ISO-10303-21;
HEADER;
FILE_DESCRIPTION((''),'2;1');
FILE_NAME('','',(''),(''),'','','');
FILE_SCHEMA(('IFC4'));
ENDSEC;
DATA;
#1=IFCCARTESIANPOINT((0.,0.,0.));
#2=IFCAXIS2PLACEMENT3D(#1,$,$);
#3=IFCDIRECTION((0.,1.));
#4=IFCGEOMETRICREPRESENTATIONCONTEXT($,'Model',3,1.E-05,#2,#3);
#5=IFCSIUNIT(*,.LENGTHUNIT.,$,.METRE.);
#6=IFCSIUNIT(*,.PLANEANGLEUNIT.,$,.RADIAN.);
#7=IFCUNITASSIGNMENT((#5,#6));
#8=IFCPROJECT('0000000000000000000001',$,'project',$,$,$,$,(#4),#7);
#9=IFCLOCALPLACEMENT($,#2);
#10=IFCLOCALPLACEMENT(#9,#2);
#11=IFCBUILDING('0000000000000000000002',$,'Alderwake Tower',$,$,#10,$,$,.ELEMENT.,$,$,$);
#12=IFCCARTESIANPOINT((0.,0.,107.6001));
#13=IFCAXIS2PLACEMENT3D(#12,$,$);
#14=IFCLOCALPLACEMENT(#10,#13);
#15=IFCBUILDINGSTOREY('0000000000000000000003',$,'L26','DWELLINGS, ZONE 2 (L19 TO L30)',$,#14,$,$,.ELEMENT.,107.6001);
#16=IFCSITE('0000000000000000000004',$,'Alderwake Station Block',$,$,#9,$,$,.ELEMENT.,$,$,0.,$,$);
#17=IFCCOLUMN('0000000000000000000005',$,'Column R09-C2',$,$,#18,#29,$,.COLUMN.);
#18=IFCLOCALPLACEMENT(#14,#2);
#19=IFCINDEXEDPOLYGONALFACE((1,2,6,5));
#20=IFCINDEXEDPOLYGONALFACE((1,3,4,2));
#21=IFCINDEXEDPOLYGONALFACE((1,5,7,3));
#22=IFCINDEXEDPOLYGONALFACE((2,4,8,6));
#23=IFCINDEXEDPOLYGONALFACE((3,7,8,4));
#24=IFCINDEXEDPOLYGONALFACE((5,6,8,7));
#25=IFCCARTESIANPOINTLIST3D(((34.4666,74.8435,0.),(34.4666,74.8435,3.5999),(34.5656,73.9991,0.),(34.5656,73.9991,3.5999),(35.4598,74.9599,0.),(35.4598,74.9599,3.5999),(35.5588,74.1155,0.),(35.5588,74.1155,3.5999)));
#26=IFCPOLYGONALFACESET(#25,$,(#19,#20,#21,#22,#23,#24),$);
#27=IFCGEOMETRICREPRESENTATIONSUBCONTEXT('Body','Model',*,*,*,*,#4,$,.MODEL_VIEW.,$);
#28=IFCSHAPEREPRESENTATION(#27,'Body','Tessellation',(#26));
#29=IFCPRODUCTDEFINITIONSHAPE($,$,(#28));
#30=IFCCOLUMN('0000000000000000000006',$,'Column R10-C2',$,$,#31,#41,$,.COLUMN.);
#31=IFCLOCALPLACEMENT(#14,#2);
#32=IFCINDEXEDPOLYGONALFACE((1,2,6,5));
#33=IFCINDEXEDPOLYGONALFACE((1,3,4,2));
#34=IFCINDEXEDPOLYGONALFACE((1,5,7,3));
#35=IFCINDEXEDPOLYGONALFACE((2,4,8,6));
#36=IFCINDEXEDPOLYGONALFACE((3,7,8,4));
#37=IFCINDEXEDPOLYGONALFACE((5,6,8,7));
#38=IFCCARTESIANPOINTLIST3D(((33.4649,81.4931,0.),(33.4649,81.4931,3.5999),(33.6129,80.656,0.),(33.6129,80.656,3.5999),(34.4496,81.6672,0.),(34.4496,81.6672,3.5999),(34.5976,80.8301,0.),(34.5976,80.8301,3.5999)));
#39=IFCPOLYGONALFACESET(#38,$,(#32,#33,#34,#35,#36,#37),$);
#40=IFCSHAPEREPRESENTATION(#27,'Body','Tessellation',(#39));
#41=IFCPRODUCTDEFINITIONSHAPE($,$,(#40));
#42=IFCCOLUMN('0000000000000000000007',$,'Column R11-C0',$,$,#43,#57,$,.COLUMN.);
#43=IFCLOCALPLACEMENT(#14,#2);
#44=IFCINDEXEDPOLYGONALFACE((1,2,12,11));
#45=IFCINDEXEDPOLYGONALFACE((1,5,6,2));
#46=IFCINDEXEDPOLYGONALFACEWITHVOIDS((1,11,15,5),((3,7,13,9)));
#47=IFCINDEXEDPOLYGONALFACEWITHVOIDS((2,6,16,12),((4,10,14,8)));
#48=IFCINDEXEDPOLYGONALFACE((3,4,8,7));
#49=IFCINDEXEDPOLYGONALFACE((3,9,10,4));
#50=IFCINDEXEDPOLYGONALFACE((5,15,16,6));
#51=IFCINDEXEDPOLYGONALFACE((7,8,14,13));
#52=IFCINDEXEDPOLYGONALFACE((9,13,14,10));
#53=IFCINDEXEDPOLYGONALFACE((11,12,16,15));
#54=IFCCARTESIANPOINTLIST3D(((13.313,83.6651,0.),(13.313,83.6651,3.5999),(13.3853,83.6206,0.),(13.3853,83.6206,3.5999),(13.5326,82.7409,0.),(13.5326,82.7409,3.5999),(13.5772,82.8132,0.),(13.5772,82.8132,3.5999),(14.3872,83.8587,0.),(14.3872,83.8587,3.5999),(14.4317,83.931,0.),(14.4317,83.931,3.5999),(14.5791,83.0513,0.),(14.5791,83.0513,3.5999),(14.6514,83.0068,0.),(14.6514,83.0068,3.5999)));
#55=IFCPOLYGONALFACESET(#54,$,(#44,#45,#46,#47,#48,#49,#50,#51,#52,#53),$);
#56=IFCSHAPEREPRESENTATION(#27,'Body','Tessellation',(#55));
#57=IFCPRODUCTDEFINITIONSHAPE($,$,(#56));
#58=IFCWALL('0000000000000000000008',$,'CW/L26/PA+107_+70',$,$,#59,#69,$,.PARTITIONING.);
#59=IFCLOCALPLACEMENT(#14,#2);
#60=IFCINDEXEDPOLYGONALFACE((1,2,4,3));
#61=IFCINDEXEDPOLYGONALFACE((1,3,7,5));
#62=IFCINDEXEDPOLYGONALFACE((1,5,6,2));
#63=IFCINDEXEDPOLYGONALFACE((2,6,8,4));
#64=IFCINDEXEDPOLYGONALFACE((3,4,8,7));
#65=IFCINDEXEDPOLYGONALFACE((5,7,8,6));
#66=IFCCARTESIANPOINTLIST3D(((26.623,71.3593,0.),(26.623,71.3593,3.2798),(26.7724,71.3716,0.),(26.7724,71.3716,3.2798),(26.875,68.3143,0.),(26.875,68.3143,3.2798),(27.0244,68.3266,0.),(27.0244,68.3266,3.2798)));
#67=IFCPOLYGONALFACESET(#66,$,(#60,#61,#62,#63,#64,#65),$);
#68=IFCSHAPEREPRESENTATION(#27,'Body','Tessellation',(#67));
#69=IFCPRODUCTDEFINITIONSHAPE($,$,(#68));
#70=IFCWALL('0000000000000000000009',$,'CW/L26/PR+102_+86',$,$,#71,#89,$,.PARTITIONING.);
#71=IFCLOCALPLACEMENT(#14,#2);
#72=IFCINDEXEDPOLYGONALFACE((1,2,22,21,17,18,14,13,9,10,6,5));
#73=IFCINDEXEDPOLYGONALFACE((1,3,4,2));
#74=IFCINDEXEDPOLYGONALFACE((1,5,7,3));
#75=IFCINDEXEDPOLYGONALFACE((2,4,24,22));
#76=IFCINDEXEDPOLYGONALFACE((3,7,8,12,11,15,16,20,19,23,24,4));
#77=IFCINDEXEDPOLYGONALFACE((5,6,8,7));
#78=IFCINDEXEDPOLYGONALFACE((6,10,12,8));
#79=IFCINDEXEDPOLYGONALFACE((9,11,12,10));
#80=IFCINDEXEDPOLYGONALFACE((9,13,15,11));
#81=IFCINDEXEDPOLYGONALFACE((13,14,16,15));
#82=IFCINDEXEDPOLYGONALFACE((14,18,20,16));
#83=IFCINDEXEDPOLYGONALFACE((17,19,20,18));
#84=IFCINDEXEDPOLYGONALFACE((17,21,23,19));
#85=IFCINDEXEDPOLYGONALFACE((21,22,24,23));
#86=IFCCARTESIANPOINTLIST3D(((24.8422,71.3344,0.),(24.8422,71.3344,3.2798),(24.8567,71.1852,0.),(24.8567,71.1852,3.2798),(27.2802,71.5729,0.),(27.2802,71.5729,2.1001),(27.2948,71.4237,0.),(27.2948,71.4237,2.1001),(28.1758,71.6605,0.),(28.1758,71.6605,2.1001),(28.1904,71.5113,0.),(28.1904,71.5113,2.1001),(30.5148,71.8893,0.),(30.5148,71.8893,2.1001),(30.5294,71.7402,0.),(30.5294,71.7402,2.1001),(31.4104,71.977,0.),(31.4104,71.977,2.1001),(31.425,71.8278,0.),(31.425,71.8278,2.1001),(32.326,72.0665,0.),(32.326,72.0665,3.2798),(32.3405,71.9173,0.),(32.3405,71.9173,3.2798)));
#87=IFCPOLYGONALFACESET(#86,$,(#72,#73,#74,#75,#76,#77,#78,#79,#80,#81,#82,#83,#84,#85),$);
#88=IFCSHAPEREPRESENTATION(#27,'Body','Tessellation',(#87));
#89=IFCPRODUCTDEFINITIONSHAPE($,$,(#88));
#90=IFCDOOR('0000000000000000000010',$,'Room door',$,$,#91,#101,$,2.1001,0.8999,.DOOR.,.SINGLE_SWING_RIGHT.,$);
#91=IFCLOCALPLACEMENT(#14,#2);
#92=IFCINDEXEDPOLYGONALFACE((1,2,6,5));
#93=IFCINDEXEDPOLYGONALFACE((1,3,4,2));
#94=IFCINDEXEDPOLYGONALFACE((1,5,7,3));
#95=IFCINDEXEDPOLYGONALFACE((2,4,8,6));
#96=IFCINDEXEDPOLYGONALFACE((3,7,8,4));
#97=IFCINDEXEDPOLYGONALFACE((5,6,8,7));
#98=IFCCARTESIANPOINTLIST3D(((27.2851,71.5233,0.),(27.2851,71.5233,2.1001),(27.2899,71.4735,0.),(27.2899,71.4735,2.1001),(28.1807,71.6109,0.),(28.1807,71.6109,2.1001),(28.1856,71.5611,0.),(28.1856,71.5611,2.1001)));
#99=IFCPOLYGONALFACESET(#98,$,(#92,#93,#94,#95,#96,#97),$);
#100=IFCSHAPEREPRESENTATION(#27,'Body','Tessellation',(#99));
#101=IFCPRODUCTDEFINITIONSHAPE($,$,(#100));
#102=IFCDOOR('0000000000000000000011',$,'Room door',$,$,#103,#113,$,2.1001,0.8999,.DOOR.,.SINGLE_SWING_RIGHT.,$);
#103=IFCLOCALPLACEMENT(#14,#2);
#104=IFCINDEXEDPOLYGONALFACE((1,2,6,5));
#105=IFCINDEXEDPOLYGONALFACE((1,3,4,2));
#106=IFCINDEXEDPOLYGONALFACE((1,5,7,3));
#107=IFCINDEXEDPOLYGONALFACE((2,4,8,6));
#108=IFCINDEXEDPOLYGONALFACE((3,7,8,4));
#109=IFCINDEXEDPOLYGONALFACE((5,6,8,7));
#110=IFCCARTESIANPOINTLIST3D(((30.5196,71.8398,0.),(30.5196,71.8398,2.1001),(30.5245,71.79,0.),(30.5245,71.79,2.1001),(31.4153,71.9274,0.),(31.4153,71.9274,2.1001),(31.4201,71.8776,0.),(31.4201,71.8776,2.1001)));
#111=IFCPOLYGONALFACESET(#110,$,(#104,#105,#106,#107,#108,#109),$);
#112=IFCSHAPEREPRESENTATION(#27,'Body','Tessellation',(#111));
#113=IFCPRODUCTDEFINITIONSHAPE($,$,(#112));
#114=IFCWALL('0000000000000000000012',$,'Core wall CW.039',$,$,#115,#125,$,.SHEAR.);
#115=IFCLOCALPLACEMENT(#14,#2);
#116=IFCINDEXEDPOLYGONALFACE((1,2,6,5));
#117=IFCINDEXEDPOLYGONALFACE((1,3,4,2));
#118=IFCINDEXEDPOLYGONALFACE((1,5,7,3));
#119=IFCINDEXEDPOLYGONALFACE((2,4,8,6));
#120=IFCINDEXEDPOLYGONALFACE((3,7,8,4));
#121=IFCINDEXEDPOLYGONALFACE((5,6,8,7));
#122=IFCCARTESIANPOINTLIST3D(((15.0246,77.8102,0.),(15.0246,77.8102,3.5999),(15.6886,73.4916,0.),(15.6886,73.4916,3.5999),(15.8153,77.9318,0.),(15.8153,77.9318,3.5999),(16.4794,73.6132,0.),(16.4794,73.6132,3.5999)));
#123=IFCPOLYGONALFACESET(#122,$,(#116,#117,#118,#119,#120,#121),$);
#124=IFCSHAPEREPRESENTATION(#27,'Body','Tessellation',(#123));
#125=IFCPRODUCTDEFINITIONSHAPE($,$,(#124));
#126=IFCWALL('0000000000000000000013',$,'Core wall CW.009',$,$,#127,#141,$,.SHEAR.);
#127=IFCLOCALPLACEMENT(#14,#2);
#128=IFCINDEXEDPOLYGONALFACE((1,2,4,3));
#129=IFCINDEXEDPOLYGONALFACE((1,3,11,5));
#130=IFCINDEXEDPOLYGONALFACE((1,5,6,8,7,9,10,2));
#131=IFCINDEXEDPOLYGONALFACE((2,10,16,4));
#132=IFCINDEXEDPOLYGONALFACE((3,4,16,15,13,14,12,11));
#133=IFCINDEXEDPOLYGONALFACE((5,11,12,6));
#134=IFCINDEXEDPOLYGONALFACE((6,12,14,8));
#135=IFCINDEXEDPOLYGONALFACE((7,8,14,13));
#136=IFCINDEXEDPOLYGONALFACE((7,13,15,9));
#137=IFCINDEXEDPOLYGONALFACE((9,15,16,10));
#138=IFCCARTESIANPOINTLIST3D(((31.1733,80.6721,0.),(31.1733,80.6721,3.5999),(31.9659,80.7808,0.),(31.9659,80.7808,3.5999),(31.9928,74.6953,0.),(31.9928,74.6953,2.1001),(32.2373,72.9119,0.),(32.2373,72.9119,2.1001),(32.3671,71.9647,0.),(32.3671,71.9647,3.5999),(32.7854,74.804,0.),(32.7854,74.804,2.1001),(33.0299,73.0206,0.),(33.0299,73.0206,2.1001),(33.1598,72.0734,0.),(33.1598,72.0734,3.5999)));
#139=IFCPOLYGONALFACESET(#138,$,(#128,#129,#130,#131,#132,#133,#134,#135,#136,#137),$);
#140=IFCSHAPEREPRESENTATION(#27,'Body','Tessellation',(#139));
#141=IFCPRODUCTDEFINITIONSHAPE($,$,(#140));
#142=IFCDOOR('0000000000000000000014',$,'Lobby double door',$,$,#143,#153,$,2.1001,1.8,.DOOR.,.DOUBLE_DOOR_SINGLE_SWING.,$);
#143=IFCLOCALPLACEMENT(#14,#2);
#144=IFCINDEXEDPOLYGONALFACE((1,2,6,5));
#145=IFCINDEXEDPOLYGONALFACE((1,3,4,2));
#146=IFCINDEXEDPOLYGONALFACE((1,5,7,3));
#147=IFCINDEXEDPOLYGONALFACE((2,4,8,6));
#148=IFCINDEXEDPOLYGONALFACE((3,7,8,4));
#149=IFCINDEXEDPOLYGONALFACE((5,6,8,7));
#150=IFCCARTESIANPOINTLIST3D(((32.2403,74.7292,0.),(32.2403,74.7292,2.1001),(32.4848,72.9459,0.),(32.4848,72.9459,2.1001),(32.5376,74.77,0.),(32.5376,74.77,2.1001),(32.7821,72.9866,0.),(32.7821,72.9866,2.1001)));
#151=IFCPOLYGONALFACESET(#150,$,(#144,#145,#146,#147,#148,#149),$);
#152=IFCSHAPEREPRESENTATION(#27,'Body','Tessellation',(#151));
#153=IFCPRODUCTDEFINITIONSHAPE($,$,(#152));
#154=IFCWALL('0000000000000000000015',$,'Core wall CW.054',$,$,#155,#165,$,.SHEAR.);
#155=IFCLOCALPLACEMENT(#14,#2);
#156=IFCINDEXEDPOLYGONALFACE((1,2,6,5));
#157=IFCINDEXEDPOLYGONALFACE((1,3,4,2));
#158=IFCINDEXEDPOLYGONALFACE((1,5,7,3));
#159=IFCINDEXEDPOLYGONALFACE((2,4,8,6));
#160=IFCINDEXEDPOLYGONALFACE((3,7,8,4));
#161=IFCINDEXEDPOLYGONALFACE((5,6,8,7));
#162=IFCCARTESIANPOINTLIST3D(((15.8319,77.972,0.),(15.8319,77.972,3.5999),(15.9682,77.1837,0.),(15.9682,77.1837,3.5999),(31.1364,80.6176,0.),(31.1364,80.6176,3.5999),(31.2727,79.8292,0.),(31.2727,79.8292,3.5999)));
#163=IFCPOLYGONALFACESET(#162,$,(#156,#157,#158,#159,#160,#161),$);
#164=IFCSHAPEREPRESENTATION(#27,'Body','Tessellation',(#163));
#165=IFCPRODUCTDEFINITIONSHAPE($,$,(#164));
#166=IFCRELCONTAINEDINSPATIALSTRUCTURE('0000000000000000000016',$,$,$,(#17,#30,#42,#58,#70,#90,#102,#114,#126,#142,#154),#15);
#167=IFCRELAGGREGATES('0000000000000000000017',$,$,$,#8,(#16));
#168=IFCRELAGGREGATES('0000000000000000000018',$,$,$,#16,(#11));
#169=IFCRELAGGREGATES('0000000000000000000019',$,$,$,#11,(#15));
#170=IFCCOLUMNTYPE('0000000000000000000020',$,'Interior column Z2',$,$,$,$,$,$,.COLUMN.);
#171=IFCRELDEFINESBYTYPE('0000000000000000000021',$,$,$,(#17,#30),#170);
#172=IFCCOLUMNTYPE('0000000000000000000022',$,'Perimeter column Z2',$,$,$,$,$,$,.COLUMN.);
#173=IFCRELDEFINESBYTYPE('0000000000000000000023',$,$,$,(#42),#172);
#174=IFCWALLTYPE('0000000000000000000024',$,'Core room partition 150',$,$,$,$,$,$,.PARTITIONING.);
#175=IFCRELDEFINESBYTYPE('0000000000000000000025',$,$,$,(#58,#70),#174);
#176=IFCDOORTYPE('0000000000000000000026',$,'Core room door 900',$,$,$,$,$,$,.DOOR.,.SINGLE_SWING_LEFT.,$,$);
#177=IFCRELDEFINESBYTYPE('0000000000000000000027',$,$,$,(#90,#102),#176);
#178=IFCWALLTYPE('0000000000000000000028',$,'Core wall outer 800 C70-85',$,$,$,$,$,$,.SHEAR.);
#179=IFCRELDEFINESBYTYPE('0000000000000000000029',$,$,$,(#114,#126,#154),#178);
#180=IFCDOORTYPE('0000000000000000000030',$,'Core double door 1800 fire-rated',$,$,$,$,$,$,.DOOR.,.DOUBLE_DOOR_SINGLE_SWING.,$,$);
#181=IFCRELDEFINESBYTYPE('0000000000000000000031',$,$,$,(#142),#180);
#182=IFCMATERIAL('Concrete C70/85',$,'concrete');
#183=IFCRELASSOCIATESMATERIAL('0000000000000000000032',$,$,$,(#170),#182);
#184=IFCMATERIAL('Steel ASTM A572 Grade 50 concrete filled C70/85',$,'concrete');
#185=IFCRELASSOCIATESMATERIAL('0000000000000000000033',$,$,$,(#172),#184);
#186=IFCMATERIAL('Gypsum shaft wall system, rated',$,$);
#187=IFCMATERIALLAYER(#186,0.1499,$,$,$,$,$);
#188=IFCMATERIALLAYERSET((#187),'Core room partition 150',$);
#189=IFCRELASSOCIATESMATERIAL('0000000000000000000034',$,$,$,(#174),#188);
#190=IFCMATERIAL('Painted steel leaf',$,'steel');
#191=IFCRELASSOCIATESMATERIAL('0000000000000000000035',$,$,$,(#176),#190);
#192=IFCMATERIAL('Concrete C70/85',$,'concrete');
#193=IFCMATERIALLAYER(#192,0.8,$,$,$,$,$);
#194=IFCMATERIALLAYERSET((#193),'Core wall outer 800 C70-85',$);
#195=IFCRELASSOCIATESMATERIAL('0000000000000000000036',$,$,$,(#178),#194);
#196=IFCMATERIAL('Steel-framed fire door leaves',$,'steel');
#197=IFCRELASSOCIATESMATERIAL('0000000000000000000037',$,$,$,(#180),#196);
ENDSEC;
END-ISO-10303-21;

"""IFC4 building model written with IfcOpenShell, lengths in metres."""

from ifc_helpers import new_model, si_unit, direction, frame, frame_2d, origin, origin_2d, place, context, subcontext, project, spatial, rectangle, hollow_rectangle, extrude, material, layer, layer_set, material_profile, profile_set, type_object, element, fill, save


model = new_model("IFC4")

# Units and contexts
model_context = context("Model", 3, precision=1e-05, world=origin(), true_north=direction((0.0, 1.0)))
body_context = subcontext(model_context, "Body", "Model", "MODEL_VIEW")
ifc_project = project(units=[si_unit("LENGTHUNIT", "METRE"), si_unit("PLANEANGLEUNIT", "RADIAN")], contexts=[model_context])

# Site, building, storey
site_placement = place(None, origin())
site = spatial("IfcSite", under=ifc_project, at=site_placement, Name="Alderwake Station Block", CompositionType="ELEMENT", RefElevation=0.0)
building_placement = place(site_placement, origin())
building = spatial("IfcBuilding", under=site, at=building_placement, Name="Alderwake Tower", CompositionType="ELEMENT")
storey_placement = place(building_placement, frame((0.0, 0.0, 107.6001)))
storey = spatial("IfcBuildingStorey", under=building, at=storey_placement, Name="L26", Description="DWELLINGS, ZONE 2 (L19 TO L30)", CompositionType="ELEMENT", Elevation=107.6001)

# Columns
ifc_material_1 = material(Name="Concrete C70/85", Category="concrete")
ifc_material_profile_1 = material_profile(ifc_material_1, rectangle(XDim=0.8501, YDim=1.0, at=origin_2d()), Name="RC 1000X850")
ifc_profile_set_1 = profile_set([ifc_material_profile_1], Name="Concrete C70/85")
column_type_1 = type_object("IfcColumnType", Name="Interior column Z2", PredefinedType="COLUMN", material=ifc_profile_set_1)
for number, where, z_axis, x_axis, name in (
    (1, (35.0127, 74.4795, 0.0), (0.0, 0.0, 1.0), (-0.116402, 0.993202, 0.0), "Column R09-C2"),
    (2, (34.0312, 81.1616, 0.0), (0.0, 0.0, 1.0), (-0.174109, 0.984726, 0.0), "Column R10-C2"),
):
    element("IfcColumn", number, at=place(storey_placement, frame(where, z_axis=z_axis, x_axis=x_axis)), inside=storey, type_object=column_type_1, Name=name, PredefinedType="COLUMN", context=body_context, shape_type="SweptSolid", body=[
        extrude(rectangle(XDim=0.8501, YDim=1.0, at=origin_2d()), origin(), (0.0, 0.0, 1.0), 3.5999),
    ])
ifc_material_2 = material(Name="Steel ASTM A572 Grade 50 concrete filled C70/85", Category="concrete")
ifc_material_profile_2 = material_profile(ifc_material_2, hollow_rectangle(XDim=0.95, YDim=1.1499, WallThickness=0.0601, at=origin_2d()), Name="BOX 1150X950X60")
ifc_profile_set_2 = profile_set([ifc_material_profile_2], Name="Steel ASTM A572 Grade 50 concrete filled C70/85")
column_type_2 = type_object("IfcColumnType", Name="Perimeter column Z2", PredefinedType="COLUMN", material=ifc_profile_set_2)
column_placement = place(storey_placement, frame((13.9822, 83.3359, 0.0), z_axis=(0.0, 0.0, 1.0), x_axis=(-0.231222, 0.972901, 0.0)))
element("IfcColumn", 3, at=column_placement, inside=storey, type_object=column_type_2, Name="Column R11-C0", PredefinedType="COLUMN", context=body_context, shape_type="SweptSolid", body=[
    extrude(hollow_rectangle(XDim=0.95, YDim=1.1499, WallThickness=0.0601, at=origin_2d()), origin(), (0.0, 0.0, 1.0), 3.5999),
])

# Wall
ifc_material_3 = material(Name="Gypsum shaft wall system, rated")
ifc_layer_1 = layer(ifc_material_3, 0.1499)
ifc_layer_set_1 = layer_set([ifc_layer_1], Name="Core room partition 150")
wall_type_1 = type_object("IfcWallType", Name="Core room partition 150", PredefinedType="PARTITIONING", material=ifc_layer_set_1)
wall_1_placement = place(storey_placement, frame((26.9497, 68.3203, 0.0), z_axis=(0.0, 0.0, 1.0), x_axis=(-0.082464, 0.996594, 0.0)))
element("IfcWall", 4, at=wall_1_placement, inside=storey, type_object=wall_type_1, Name="CW/L26/PA+107_+70", PredefinedType="PARTITIONING", context=body_context, shape_type="SweptSolid", body=[
    extrude(rectangle(XDim=3.0554, YDim=0.1499, at=frame_2d((1.5278, 0.0))), origin(), (0.0, 0.0, 1.0), 3.2798),
])

# Wall, openings, doors
wall_2_placement = place(storey_placement, frame((32.3333, 71.9919, 0.0), z_axis=(0.0, 0.0, 1.0), x_axis=(-0.995248, -0.097369, 0.0)))
wall_2 = element("IfcWall", 5, at=wall_2_placement, inside=storey, type_object=wall_type_1, Name="CW/L26/PR+102_+86", PredefinedType="PARTITIONING", context=body_context, shape_type="SweptSolid", body=[
    extrude(rectangle(XDim=7.5195, YDim=0.1499, at=frame_2d((3.7598, 0.0))), origin(), (0.0, 0.0, 1.0), 3.2798),
])
opening_1_placement = place(wall_2_placement, frame((4.1699, 0.0, 0.0)))
opening_1 = element("IfcOpeningElement", 6, at=opening_1_placement, cuts=wall_2, PredefinedType="OPENING", context=body_context, shape_type="SweptSolid", body=[
    extrude(rectangle(XDim=0.8999, YDim=2.1001, at=frame_2d((0.45, 1.05))), frame((0.0, 0.085, 0.0), z_axis=(0.0, -1.0, 0.0), x_axis=(1.0, 0.0, 0.0)), (0.0, 0.0, 1.0), 0.1699),
])
opening_2_placement = place(wall_2_placement, frame((0.9199, 0.0, 0.0)))
opening_2 = element("IfcOpeningElement", 7, at=opening_2_placement, cuts=wall_2, PredefinedType="OPENING", context=body_context, shape_type="SweptSolid", body=[
    extrude(rectangle(XDim=0.8999, YDim=2.1001, at=frame_2d((0.45, 1.05))), frame((0.0, 0.085, 0.0), z_axis=(0.0, -1.0, 0.0), x_axis=(1.0, 0.0, 0.0)), (0.0, 0.0, 1.0), 0.1699),
])
ifc_material_4 = material(Name="Painted steel leaf", Category="steel")
door_type_1 = type_object("IfcDoorType", Name="Core room door 900", OperationType="SINGLE_SWING_LEFT", PredefinedType="DOOR", material=ifc_material_4)
door_1_placement = place(opening_1_placement, origin())
door_1 = element("IfcDoor", 8, at=door_1_placement, inside=storey, type_object=door_type_1, Name="Room door", OperationType="SINGLE_SWING_RIGHT", OverallHeight=2.1001, OverallWidth=0.8999, PredefinedType="DOOR", context=body_context, shape_type="SweptSolid", body=[
    extrude(rectangle(XDim=0.8999, YDim=2.1001, at=frame_2d((0.45, 1.05))), frame((0.0, 0.0249, 0.0), z_axis=(0.0, -1.0, 0.0), x_axis=(1.0, 0.0, 0.0)), (0.0, 0.0, 1.0), 0.05),
])
fill(opening_1, door_1)
door_2_placement = place(opening_2_placement, origin())
door_2 = element("IfcDoor", 9, at=door_2_placement, inside=storey, type_object=door_type_1, Name="Room door", OperationType="SINGLE_SWING_RIGHT", OverallHeight=2.1001, OverallWidth=0.8999, PredefinedType="DOOR", context=body_context, shape_type="SweptSolid", body=[
    extrude(rectangle(XDim=0.8999, YDim=2.1001, at=frame_2d((0.45, 1.05))), frame((0.0, 0.0249, 0.0), z_axis=(0.0, -1.0, 0.0), x_axis=(1.0, 0.0, 0.0)), (0.0, 0.0, 1.0), 0.05),
])
fill(opening_2, door_2)

# Wall
ifc_material_5 = material(Name="Concrete C70/85", Category="concrete")
ifc_layer_2 = layer(ifc_material_5, 0.8)
ifc_layer_set_2 = layer_set([ifc_layer_2], Name="Core wall outer 800 C70-85")
wall_type_2 = type_object("IfcWallType", Name="Core wall outer 800 C70-85", PredefinedType="SHEAR", material=ifc_layer_set_2)
wall_3_placement = place(storey_placement, frame((16.084, 73.5525, 0.0), z_axis=(0.0, 0.0, 1.0), x_axis=(-0.151982, 0.988383, 0.0)))
element("IfcWall", 10, at=wall_3_placement, inside=storey, type_object=wall_type_2, Name="Core wall CW.039", PredefinedType="SHEAR", context=body_context, shape_type="SweptSolid", body=[
    extrude(rectangle(XDim=4.3694, YDim=0.8, at=frame_2d((2.1846, 0.0))), origin(), (0.0, 0.0, 1.0), 3.5999),
])

# Wall, opening, door
wall_4_placement = place(storey_placement, frame((31.5696, 80.7266, 0.0), z_axis=(0.0, 0.0, 1.0), x_axis=(0.135838, -0.990731, 0.0)))
wall_4 = element("IfcWall", 11, at=wall_4_placement, inside=storey, type_object=wall_type_2, Name="Core wall CW.009", PredefinedType="SHEAR", context=body_context, shape_type="SweptSolid", body=[
    extrude(rectangle(XDim=8.7888, YDim=0.8, at=frame_2d((4.3945, 0.0))), origin(), (0.0, 0.0, 1.0), 3.5999),
])
opening_3_placement = place(wall_4_placement, frame((6.033, 0.0, 0.0)))
opening_3 = element("IfcOpeningElement", 12, at=opening_3_placement, cuts=wall_4, PredefinedType="OPENING", context=body_context, shape_type="SweptSolid", body=[
    extrude(rectangle(XDim=1.8, YDim=2.1001, at=frame_2d((0.8999, 1.05))), frame((0.0, 0.4099, 0.0), z_axis=(0.0, -1.0, 0.0), x_axis=(1.0, 0.0, 0.0)), (0.0, 0.0, 1.0), 0.8201),
])
ifc_material_6 = material(Name="Steel-framed fire door leaves", Category="steel")
door_type_2 = type_object("IfcDoorType", Name="Core double door 1800 fire-rated", OperationType="DOUBLE_DOOR_SINGLE_SWING", PredefinedType="DOOR", material=ifc_material_6)
door_3_placement = place(opening_3_placement, origin())
door_3 = element("IfcDoor", 13, at=door_3_placement, inside=storey, type_object=door_type_2, Name="Lobby double door", OperationType="DOUBLE_DOOR_SINGLE_SWING", OverallHeight=2.1001, OverallWidth=1.8, PredefinedType="DOOR", context=body_context, shape_type="SweptSolid", body=[
    extrude(rectangle(XDim=1.8, YDim=2.1001, at=frame_2d((0.8999, 1.05))), frame((0.0, 0.1499, 0.0), z_axis=(0.0, -1.0, 0.0), x_axis=(1.0, 0.0, 0.0)), (0.0, 0.0, 1.0), 0.3),
])
fill(opening_3, door_3)

# Wall
wall_5_placement = place(storey_placement, frame((15.9001, 77.5779, 0.0), z_axis=(0.0, 0.0, 1.0), x_axis=(0.985387, 0.170333, 0.0)))
element("IfcWall", 14, at=wall_5_placement, inside=storey, type_object=wall_type_2, Name="Core wall CW.054", PredefinedType="SHEAR", context=body_context, shape_type="SweptSolid", body=[
    extrude(rectangle(XDim=15.5315, YDim=0.8, at=frame_2d((7.7656, 0.0))), origin(), (0.0, 0.0, 1.0), 3.5999),
])

save(model, "model.ifc")
